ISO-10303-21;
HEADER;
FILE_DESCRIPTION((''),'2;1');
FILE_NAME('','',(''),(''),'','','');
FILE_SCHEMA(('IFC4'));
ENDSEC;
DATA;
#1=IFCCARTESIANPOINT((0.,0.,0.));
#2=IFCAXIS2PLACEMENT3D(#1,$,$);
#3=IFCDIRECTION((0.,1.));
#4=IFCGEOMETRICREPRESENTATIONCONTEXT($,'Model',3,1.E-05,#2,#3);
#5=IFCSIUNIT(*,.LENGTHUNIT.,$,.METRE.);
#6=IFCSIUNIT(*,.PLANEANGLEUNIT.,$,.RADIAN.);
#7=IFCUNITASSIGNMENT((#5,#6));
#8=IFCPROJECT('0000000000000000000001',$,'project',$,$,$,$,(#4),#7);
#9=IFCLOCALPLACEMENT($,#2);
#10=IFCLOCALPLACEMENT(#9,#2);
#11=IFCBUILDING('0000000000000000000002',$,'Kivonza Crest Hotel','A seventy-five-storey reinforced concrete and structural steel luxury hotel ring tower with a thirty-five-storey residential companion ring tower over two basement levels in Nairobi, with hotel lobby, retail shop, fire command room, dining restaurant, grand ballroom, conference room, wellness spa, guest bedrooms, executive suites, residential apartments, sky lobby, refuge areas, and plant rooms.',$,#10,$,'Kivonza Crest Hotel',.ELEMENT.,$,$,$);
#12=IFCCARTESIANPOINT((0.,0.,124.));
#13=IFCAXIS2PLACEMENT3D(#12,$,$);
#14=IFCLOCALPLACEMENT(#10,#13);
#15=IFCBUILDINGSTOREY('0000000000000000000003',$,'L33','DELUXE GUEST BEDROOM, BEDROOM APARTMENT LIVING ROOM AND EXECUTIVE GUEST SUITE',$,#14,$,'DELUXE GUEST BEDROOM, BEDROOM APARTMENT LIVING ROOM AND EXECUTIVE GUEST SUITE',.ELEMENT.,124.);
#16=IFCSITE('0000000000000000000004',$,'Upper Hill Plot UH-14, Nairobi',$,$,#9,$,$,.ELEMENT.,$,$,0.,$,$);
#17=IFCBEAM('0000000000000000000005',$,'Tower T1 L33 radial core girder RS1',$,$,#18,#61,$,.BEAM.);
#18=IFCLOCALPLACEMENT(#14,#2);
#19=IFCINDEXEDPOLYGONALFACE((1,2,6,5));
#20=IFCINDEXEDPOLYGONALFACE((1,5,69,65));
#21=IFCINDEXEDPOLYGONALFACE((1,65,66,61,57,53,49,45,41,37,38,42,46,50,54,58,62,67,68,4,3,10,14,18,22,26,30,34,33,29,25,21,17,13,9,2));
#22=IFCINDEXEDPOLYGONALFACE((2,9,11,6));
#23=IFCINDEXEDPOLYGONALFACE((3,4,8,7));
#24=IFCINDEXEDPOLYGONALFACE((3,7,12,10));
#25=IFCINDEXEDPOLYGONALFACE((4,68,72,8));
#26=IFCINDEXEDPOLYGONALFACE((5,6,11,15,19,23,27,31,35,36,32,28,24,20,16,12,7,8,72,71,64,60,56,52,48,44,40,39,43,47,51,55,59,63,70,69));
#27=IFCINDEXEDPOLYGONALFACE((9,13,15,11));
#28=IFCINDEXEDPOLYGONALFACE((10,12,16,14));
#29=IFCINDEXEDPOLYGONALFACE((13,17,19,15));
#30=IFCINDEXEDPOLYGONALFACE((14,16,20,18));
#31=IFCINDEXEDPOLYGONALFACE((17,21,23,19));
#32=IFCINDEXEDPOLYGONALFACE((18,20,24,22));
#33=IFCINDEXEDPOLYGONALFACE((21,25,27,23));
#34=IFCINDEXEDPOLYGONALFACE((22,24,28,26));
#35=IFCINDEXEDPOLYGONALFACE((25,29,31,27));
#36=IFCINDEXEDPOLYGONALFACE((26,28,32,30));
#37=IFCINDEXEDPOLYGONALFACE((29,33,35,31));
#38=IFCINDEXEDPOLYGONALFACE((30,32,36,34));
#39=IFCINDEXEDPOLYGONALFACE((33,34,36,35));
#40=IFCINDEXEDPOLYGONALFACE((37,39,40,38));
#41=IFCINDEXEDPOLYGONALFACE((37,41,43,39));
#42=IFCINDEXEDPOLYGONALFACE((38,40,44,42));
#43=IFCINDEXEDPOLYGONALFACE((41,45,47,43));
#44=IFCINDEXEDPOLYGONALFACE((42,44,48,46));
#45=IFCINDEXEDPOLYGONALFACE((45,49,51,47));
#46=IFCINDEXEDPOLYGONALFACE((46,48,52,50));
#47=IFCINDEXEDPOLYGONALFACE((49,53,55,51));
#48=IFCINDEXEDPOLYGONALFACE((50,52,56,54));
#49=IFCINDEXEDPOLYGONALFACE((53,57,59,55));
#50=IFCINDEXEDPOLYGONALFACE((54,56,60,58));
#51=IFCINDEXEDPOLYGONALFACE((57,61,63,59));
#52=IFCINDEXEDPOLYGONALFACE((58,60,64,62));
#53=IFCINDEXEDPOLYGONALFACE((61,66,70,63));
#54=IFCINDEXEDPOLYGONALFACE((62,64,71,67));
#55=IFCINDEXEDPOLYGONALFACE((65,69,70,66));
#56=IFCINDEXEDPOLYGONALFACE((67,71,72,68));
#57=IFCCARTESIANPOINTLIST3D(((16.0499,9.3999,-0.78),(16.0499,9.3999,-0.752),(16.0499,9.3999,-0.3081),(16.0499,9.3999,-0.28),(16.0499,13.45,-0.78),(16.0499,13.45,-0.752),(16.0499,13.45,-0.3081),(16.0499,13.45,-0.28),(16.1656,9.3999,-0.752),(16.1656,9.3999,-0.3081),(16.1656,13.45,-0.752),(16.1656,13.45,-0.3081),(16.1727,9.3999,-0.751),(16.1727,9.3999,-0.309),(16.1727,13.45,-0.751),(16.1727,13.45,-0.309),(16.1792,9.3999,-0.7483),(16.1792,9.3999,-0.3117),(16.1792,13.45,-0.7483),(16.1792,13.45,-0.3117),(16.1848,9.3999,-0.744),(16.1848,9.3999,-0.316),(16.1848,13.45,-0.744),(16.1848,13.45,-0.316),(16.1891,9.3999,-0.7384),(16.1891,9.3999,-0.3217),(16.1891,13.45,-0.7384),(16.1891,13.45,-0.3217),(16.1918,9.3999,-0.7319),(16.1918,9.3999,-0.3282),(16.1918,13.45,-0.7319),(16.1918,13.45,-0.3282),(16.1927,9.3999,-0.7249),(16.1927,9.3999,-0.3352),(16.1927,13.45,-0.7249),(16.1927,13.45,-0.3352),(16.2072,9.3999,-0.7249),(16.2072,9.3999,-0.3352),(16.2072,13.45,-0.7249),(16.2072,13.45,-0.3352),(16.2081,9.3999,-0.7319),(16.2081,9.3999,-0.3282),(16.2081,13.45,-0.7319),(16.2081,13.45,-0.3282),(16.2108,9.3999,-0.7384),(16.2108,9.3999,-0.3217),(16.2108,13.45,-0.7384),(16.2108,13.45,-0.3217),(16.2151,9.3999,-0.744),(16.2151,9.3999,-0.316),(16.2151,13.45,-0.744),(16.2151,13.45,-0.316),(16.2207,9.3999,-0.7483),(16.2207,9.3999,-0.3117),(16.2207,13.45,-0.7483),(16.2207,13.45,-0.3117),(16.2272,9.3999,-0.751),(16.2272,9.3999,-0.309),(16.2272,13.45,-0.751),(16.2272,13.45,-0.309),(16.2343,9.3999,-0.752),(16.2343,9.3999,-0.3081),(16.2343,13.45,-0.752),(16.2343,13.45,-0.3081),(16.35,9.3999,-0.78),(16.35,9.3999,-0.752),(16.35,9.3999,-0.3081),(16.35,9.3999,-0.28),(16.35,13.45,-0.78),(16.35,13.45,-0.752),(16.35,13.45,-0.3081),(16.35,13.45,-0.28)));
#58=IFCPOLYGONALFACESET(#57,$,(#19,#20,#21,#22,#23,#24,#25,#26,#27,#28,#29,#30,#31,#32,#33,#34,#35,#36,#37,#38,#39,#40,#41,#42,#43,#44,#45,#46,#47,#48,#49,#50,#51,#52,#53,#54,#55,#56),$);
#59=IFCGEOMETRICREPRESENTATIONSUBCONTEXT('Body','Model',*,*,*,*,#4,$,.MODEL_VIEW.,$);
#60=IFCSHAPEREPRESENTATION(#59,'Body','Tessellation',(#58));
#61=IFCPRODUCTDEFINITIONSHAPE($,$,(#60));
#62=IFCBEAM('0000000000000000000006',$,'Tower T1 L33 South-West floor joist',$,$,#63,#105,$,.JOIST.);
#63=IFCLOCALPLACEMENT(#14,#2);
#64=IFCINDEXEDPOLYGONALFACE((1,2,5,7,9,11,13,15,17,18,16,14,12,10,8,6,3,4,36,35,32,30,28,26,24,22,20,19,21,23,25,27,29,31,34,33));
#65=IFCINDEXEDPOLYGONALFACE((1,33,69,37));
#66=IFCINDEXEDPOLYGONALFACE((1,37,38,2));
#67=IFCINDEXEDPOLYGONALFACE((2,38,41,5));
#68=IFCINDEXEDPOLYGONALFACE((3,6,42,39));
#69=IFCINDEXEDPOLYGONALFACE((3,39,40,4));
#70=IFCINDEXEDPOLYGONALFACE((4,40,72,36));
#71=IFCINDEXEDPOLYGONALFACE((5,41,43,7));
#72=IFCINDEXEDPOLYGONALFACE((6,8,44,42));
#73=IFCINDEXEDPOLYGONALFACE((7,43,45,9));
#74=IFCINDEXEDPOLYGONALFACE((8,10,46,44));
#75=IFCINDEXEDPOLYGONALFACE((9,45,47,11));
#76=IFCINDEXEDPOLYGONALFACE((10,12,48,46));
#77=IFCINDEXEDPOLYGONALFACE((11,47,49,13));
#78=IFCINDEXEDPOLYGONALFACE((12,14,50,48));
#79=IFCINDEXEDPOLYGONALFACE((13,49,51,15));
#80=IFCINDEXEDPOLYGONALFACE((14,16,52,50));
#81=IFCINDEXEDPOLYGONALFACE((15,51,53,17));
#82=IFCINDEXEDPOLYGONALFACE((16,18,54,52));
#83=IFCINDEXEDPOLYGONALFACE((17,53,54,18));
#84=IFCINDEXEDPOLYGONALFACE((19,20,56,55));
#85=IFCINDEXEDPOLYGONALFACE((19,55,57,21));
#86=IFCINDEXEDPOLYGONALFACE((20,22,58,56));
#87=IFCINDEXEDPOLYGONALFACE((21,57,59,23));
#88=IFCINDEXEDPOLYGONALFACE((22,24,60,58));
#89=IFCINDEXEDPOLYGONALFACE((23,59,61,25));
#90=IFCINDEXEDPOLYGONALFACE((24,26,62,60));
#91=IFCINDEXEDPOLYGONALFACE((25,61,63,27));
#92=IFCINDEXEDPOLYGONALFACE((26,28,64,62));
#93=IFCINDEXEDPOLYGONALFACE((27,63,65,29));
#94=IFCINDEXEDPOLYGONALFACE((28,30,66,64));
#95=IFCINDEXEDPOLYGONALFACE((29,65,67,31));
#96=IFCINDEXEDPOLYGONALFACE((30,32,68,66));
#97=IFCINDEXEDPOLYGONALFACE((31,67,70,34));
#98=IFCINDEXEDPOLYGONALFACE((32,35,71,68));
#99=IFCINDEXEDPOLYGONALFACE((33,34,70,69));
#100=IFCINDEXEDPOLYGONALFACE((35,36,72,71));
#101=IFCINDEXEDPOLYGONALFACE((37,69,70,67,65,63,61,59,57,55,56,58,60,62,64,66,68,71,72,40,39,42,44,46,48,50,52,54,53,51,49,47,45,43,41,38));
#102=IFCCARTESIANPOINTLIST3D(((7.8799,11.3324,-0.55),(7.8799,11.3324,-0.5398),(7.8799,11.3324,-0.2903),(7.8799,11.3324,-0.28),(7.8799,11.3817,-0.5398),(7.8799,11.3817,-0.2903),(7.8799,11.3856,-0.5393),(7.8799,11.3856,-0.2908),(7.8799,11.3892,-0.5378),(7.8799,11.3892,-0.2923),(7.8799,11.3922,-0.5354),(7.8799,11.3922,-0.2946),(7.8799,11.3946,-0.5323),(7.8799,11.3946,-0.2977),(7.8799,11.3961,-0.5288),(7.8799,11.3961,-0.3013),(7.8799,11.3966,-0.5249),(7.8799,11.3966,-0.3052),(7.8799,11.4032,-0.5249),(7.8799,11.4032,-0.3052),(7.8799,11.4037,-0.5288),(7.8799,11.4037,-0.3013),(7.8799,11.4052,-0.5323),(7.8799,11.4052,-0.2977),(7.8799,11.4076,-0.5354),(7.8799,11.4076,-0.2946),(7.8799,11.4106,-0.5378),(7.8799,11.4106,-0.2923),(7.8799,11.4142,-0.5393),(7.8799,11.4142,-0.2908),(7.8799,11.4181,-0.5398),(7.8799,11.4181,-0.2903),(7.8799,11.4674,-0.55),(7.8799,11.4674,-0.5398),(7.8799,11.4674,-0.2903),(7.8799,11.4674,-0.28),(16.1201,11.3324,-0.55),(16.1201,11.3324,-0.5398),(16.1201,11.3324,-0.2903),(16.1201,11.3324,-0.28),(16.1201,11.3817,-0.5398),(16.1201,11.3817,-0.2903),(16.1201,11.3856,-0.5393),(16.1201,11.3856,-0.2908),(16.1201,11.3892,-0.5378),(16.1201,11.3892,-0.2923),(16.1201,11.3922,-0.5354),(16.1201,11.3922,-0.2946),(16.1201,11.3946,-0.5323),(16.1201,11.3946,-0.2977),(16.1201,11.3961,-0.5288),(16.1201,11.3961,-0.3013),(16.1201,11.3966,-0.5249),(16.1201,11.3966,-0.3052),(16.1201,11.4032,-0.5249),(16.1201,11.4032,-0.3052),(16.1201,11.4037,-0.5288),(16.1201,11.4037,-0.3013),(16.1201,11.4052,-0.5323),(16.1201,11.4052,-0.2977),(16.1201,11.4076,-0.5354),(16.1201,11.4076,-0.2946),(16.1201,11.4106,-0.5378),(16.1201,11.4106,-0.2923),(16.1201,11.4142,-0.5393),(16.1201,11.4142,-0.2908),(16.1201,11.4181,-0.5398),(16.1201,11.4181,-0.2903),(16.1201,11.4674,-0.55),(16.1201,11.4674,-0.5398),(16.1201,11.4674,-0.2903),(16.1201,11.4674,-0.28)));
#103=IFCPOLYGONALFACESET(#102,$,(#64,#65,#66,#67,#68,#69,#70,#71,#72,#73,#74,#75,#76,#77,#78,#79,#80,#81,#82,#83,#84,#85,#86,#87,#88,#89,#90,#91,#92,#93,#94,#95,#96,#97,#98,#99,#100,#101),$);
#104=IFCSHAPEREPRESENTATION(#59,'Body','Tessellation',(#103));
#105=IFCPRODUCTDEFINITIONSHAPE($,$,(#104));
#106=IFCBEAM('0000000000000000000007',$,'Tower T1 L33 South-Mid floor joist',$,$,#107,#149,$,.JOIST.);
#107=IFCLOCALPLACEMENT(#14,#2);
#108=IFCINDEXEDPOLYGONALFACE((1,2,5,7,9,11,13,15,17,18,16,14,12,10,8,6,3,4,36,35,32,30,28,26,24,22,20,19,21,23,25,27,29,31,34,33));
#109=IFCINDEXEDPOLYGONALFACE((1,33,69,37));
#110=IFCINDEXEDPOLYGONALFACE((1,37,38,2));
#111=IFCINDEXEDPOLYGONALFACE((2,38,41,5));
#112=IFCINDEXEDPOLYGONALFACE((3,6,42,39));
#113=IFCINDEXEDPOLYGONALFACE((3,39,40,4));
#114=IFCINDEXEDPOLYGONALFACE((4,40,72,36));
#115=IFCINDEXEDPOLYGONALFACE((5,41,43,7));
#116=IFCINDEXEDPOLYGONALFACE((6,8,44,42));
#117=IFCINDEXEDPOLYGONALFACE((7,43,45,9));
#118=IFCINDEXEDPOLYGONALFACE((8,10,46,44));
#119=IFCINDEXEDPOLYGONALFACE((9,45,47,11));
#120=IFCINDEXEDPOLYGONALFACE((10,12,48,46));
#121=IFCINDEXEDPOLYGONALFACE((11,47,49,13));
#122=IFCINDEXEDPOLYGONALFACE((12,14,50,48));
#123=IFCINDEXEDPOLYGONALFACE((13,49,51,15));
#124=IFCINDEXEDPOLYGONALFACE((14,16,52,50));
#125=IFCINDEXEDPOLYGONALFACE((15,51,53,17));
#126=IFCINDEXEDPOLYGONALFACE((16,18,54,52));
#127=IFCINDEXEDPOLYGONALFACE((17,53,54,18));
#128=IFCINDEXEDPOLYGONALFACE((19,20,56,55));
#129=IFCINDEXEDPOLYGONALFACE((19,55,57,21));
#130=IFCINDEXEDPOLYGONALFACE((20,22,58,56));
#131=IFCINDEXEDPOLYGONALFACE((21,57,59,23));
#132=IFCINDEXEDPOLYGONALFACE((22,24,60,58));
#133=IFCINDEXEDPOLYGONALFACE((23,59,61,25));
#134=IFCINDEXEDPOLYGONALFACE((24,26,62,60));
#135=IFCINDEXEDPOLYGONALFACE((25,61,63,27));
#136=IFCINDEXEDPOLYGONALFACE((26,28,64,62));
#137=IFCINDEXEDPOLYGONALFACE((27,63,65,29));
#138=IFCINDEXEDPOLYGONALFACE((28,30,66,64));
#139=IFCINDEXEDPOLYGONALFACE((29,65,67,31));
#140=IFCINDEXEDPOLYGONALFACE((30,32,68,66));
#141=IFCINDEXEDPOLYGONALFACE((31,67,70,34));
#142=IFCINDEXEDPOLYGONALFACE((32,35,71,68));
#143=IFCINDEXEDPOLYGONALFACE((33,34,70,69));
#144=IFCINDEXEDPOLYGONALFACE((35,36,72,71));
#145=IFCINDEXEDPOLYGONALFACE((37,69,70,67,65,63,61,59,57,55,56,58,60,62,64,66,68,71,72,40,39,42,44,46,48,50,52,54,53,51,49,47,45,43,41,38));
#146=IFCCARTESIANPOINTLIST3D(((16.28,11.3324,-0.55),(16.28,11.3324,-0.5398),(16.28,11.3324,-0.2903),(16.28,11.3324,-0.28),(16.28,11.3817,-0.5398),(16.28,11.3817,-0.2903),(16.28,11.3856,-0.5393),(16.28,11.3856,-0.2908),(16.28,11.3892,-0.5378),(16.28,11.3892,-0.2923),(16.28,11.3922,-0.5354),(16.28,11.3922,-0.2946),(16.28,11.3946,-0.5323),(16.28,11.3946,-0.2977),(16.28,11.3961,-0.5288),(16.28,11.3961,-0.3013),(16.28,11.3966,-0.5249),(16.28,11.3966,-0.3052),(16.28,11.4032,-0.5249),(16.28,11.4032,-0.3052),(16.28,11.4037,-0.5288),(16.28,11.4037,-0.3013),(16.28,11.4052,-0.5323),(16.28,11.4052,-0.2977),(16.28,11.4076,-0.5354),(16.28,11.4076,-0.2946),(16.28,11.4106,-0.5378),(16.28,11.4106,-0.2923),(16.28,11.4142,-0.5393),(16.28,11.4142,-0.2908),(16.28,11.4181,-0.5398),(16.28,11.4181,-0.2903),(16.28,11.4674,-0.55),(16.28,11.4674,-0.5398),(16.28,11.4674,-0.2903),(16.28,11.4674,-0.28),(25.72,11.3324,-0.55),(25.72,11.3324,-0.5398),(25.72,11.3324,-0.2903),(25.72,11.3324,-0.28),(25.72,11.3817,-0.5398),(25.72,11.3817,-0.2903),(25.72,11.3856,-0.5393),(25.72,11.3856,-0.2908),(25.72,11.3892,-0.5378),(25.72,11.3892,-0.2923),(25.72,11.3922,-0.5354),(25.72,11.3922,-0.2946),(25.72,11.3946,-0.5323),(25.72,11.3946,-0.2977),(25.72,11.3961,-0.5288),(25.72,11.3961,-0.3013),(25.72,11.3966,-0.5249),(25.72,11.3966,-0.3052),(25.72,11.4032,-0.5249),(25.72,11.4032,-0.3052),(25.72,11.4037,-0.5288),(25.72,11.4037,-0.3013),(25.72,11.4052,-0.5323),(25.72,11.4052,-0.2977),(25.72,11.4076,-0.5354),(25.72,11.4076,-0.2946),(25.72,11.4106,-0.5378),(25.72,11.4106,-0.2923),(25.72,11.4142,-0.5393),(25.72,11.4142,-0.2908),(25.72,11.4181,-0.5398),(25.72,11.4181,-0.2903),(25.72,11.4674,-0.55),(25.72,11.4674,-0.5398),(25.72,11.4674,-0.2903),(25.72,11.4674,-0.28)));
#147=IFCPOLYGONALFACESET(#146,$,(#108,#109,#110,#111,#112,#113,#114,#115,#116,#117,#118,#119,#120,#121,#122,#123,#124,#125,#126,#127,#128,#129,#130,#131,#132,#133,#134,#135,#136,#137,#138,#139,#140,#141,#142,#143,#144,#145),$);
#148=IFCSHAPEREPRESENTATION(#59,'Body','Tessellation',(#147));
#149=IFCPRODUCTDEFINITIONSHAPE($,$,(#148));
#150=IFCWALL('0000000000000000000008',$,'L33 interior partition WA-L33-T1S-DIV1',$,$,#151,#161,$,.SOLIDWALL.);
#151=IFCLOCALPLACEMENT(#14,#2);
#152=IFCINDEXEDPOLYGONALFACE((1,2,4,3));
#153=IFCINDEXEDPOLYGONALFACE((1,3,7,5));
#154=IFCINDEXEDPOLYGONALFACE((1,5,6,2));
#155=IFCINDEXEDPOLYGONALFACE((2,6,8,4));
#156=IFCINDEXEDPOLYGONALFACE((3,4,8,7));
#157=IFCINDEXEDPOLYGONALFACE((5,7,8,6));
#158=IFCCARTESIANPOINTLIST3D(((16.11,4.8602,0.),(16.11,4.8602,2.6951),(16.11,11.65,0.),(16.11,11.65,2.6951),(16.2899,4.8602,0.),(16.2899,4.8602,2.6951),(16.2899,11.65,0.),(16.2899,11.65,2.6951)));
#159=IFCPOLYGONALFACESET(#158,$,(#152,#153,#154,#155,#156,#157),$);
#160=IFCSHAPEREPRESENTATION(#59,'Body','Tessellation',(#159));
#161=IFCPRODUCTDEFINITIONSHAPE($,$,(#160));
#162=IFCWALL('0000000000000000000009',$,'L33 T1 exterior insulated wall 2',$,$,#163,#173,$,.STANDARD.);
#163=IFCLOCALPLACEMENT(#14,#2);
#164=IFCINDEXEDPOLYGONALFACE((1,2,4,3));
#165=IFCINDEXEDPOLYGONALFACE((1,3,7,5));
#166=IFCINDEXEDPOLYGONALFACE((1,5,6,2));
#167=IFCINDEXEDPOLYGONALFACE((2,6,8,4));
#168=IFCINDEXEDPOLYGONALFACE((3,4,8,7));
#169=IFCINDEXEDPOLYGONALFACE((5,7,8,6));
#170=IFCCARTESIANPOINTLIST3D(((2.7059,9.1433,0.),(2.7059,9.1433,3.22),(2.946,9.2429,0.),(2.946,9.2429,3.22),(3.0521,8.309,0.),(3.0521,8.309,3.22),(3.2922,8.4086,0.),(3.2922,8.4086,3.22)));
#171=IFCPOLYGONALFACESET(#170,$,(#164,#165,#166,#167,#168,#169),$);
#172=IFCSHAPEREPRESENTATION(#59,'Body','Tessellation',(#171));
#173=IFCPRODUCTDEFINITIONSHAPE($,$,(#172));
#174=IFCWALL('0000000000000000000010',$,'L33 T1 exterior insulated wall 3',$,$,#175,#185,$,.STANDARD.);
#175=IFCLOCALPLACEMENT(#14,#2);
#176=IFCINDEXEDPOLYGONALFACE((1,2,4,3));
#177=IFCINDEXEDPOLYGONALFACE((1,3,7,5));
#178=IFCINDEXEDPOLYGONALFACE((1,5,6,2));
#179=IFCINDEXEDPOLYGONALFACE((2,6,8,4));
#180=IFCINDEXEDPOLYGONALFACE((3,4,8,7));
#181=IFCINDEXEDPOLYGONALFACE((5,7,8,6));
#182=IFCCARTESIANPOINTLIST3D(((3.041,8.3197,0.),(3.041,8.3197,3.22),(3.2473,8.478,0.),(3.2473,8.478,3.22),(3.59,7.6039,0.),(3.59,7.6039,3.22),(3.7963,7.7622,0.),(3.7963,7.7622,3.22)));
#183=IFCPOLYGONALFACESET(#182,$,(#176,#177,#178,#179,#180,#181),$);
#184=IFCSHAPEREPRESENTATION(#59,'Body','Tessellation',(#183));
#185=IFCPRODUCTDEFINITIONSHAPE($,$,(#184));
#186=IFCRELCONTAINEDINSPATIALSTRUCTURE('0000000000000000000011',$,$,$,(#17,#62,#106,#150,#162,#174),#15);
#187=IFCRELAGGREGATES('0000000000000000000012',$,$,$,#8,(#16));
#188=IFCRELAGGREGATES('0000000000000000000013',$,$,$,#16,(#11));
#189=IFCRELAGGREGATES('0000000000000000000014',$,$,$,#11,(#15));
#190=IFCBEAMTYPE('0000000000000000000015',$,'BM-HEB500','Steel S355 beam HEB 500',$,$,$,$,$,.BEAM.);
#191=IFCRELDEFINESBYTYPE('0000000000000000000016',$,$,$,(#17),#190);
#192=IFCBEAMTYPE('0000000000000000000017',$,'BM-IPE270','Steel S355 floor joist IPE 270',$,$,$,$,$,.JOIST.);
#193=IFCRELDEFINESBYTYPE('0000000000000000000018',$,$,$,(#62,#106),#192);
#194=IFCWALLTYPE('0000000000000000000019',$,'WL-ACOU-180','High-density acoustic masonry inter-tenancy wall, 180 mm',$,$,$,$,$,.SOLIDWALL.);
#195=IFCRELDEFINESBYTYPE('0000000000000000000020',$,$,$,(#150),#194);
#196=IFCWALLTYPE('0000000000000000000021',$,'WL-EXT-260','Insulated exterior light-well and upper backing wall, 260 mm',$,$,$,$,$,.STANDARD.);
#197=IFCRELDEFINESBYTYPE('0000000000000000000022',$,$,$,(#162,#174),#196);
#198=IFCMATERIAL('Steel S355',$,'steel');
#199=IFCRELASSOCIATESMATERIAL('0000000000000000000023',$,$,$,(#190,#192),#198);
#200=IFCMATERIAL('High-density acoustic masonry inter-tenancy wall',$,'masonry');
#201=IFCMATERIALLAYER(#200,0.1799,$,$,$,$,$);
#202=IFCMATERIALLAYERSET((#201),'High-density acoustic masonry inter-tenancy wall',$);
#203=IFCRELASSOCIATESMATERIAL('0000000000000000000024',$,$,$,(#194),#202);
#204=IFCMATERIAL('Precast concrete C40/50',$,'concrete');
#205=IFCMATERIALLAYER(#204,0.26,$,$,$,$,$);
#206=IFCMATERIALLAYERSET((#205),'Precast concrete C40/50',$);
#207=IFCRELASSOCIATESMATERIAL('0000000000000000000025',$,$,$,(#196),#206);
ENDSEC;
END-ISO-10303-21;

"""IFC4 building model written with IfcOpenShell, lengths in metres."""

from ifc_helpers import new_model, si_unit, direction, frame, frame_2d, origin, origin_2d, place, context, subcontext, project, spatial, rectangle, i_section, extrude, material, layer, layer_set, material_profile, profile_set, type_object, element, save


model = new_model("IFC4")

# Units and contexts
model_context = context("Model", 3, precision=1e-05, world=origin(), true_north=direction((0.0, 1.0)))
body_context = subcontext(model_context, "Body", "Model", "MODEL_VIEW")
ifc_project = project(units=[si_unit("LENGTHUNIT", "METRE"), si_unit("PLANEANGLEUNIT", "RADIAN")], contexts=[model_context])

# Site, building, storey
site_placement = place(None, origin())
site = spatial("IfcSite", under=ifc_project, at=site_placement, Name="Upper Hill Plot UH-14, Nairobi", CompositionType="ELEMENT", RefElevation=0.0)
building_placement = place(site_placement, origin())
building = spatial("IfcBuilding", under=site, at=building_placement, Name="Kivonza Crest Hotel", Description="A seventy-five-storey reinforced concrete and structural steel luxury hotel ring tower with a thirty-five-storey residential companion ring tower over two basement levels in Nairobi, with hotel lobby, retail shop, fire command room, dining restaurant, grand ballroom, conference room, wellness spa, guest bedrooms, executive suites, residential apartments, sky lobby, refuge areas, and plant rooms.", LongName="Kivonza Crest Hotel", CompositionType="ELEMENT")
storey_placement = place(building_placement, frame((0.0, 0.0, 124.0)))
storey = spatial("IfcBuildingStorey", under=building, at=storey_placement, Name="L33", Description="DELUXE GUEST BEDROOM, BEDROOM APARTMENT LIVING ROOM AND EXECUTIVE GUEST SUITE", LongName="DELUXE GUEST BEDROOM, BEDROOM APARTMENT LIVING ROOM AND EXECUTIVE GUEST SUITE", CompositionType="ELEMENT", Elevation=124.0)

# Beams
ifc_material_1 = material(Name="Steel S355", Category="steel")
ifc_material_profile_1 = material_profile(ifc_material_1, i_section(OverallWidth=0.3, OverallDepth=0.5, WebThickness=0.0144, FlangeThickness=0.0281, FilletRadius=0.0271, at=origin_2d()), Name="HEB 500")
ifc_profile_set_1 = profile_set([ifc_material_profile_1], Name="Steel S355")
beam_type_1 = type_object("IfcBeamType", Name="BM-HEB500", Description="Steel S355 beam HEB 500", PredefinedType="BEAM", material=ifc_profile_set_1)
beam_1_placement = place(storey_placement, frame((16.2, 9.3999, -0.53), z_axis=(0.0, 1.0, 0.0), x_axis=(-1.0, 0.0, 0.0)))
element("IfcBeam", 1, at=beam_1_placement, inside=storey, type_object=beam_type_1, Name="Tower T1 L33 radial core girder RS1", PredefinedType="BEAM", context=body_context, shape_type="SweptSolid", body=[
    extrude(i_section(OverallWidth=0.3, OverallDepth=0.5, WebThickness=0.0144, FlangeThickness=0.0281, FilletRadius=0.0271, at=origin_2d()), origin(), (0.0, 0.0, 1.0), 4.05),
])
ifc_material_profile_2 = material_profile(ifc_material_1, i_section(OverallWidth=0.135, OverallDepth=0.27, WebThickness=0.0066, FlangeThickness=0.0103, FilletRadius=0.0149, at=origin_2d()), Name="IPE 270")
ifc_profile_set_2 = profile_set([ifc_material_profile_2], Name="Steel S355")
beam_type_2 = type_object("IfcBeamType", Name="BM-IPE270", Description="Steel S355 floor joist IPE 270", PredefinedType="JOIST", material=ifc_profile_set_2)
beam_2_placement = place(storey_placement, frame((7.8799, 11.3999, -0.415), z_axis=(1.0, 0.0, 0.0), x_axis=(0.0, 1.0, 0.0)))
element("IfcBeam", 2, at=beam_2_placement, inside=storey, type_object=beam_type_2, Name="Tower T1 L33 South-West floor joist", PredefinedType="JOIST", context=body_context, shape_type="SweptSolid", body=[
    extrude(i_section(OverallWidth=0.135, OverallDepth=0.27, WebThickness=0.0066, FlangeThickness=0.0103, FilletRadius=0.0149, at=origin_2d()), origin(), (0.0, 0.0, 1.0), 8.2402),
])
beam_3_placement = place(storey_placement, frame((16.28, 11.3999, -0.415), z_axis=(1.0, 0.0, 0.0), x_axis=(0.0, 1.0, 0.0)))
element("IfcBeam", 3, at=beam_3_placement, inside=storey, type_object=beam_type_2, Name="Tower T1 L33 South-Mid floor joist", PredefinedType="JOIST", context=body_context, shape_type="SweptSolid", body=[
    extrude(i_section(OverallWidth=0.135, OverallDepth=0.27, WebThickness=0.0066, FlangeThickness=0.0103, FilletRadius=0.0149, at=origin_2d()), origin(), (0.0, 0.0, 1.0), 9.4399),
])

# Walls
ifc_material_2 = material(Name="High-density acoustic masonry inter-tenancy wall", Category="masonry")
ifc_layer_1 = layer(ifc_material_2, 0.1799)
ifc_layer_set_1 = layer_set([ifc_layer_1], Name="High-density acoustic masonry inter-tenancy wall")
wall_type_1 = type_object("IfcWallType", Name="WL-ACOU-180", Description="High-density acoustic masonry inter-tenancy wall, 180 mm", PredefinedType="SOLIDWALL", material=ifc_layer_set_1)
wall_1_placement = place(storey_placement, frame((16.2, 4.8601, 0.0), z_axis=(0.0, 0.0, 1.0), x_axis=(0.0, 1.0, 0.0)))
element("IfcWall", 4, at=wall_1_placement, inside=storey, type_object=wall_type_1, Name="L33 interior partition WA-L33-T1S-DIV1", PredefinedType="SOLIDWALL", context=body_context, shape_type="SweptSolid", body=[
    extrude(rectangle(XDim=6.7898, YDim=0.1799, at=frame_2d((3.395, 0.0))), origin(), (0.0, 0.0, 1.0), 2.6951),
])
ifc_material_3 = material(Name="Precast concrete C40/50", Category="concrete")
ifc_layer_2 = layer(ifc_material_3, 0.26)
ifc_layer_set_2 = layer_set([ifc_layer_2], Name="Precast concrete C40/50")
wall_type_2 = type_object("IfcWallType", Name="WL-EXT-260", Description="Insulated exterior light-well and upper backing wall, 260 mm", PredefinedType="STANDARD", material=ifc_layer_set_2)
wall_2_placement = place(storey_placement, frame((2.8259, 9.1931, 0.0), z_axis=(0.0, 0.0, 1.0), x_axis=(0.383291, -0.923628, 0.0)))
element("IfcWall", 5, at=wall_2_placement, inside=storey, type_object=wall_type_2, Name="L33 T1 exterior insulated wall 2", PredefinedType="STANDARD", context=body_context, shape_type="SweptSolid", body=[
    extrude(rectangle(XDim=0.9033, YDim=0.26, at=frame_2d((0.4517, 0.0))), origin(), (0.0, 0.0, 1.0), 3.22),
])
wall_3_placement = place(storey_placement, frame((3.144, 8.3989, 0.0), z_axis=(0.0, 0.0, 1.0), x_axis=(0.608625, -0.793458, 0.0)))
element("IfcWall", 6, at=wall_3_placement, inside=storey, type_object=wall_type_2, Name="L33 T1 exterior insulated wall 3", PredefinedType="STANDARD", context=body_context, shape_type="SweptSolid", body=[
    extrude(rectangle(XDim=0.9021, YDim=0.26, at=frame_2d((0.4512, 0.0))), origin(), (0.0, 0.0, 1.0), 3.22),
])

save(model, "model.ifc")
